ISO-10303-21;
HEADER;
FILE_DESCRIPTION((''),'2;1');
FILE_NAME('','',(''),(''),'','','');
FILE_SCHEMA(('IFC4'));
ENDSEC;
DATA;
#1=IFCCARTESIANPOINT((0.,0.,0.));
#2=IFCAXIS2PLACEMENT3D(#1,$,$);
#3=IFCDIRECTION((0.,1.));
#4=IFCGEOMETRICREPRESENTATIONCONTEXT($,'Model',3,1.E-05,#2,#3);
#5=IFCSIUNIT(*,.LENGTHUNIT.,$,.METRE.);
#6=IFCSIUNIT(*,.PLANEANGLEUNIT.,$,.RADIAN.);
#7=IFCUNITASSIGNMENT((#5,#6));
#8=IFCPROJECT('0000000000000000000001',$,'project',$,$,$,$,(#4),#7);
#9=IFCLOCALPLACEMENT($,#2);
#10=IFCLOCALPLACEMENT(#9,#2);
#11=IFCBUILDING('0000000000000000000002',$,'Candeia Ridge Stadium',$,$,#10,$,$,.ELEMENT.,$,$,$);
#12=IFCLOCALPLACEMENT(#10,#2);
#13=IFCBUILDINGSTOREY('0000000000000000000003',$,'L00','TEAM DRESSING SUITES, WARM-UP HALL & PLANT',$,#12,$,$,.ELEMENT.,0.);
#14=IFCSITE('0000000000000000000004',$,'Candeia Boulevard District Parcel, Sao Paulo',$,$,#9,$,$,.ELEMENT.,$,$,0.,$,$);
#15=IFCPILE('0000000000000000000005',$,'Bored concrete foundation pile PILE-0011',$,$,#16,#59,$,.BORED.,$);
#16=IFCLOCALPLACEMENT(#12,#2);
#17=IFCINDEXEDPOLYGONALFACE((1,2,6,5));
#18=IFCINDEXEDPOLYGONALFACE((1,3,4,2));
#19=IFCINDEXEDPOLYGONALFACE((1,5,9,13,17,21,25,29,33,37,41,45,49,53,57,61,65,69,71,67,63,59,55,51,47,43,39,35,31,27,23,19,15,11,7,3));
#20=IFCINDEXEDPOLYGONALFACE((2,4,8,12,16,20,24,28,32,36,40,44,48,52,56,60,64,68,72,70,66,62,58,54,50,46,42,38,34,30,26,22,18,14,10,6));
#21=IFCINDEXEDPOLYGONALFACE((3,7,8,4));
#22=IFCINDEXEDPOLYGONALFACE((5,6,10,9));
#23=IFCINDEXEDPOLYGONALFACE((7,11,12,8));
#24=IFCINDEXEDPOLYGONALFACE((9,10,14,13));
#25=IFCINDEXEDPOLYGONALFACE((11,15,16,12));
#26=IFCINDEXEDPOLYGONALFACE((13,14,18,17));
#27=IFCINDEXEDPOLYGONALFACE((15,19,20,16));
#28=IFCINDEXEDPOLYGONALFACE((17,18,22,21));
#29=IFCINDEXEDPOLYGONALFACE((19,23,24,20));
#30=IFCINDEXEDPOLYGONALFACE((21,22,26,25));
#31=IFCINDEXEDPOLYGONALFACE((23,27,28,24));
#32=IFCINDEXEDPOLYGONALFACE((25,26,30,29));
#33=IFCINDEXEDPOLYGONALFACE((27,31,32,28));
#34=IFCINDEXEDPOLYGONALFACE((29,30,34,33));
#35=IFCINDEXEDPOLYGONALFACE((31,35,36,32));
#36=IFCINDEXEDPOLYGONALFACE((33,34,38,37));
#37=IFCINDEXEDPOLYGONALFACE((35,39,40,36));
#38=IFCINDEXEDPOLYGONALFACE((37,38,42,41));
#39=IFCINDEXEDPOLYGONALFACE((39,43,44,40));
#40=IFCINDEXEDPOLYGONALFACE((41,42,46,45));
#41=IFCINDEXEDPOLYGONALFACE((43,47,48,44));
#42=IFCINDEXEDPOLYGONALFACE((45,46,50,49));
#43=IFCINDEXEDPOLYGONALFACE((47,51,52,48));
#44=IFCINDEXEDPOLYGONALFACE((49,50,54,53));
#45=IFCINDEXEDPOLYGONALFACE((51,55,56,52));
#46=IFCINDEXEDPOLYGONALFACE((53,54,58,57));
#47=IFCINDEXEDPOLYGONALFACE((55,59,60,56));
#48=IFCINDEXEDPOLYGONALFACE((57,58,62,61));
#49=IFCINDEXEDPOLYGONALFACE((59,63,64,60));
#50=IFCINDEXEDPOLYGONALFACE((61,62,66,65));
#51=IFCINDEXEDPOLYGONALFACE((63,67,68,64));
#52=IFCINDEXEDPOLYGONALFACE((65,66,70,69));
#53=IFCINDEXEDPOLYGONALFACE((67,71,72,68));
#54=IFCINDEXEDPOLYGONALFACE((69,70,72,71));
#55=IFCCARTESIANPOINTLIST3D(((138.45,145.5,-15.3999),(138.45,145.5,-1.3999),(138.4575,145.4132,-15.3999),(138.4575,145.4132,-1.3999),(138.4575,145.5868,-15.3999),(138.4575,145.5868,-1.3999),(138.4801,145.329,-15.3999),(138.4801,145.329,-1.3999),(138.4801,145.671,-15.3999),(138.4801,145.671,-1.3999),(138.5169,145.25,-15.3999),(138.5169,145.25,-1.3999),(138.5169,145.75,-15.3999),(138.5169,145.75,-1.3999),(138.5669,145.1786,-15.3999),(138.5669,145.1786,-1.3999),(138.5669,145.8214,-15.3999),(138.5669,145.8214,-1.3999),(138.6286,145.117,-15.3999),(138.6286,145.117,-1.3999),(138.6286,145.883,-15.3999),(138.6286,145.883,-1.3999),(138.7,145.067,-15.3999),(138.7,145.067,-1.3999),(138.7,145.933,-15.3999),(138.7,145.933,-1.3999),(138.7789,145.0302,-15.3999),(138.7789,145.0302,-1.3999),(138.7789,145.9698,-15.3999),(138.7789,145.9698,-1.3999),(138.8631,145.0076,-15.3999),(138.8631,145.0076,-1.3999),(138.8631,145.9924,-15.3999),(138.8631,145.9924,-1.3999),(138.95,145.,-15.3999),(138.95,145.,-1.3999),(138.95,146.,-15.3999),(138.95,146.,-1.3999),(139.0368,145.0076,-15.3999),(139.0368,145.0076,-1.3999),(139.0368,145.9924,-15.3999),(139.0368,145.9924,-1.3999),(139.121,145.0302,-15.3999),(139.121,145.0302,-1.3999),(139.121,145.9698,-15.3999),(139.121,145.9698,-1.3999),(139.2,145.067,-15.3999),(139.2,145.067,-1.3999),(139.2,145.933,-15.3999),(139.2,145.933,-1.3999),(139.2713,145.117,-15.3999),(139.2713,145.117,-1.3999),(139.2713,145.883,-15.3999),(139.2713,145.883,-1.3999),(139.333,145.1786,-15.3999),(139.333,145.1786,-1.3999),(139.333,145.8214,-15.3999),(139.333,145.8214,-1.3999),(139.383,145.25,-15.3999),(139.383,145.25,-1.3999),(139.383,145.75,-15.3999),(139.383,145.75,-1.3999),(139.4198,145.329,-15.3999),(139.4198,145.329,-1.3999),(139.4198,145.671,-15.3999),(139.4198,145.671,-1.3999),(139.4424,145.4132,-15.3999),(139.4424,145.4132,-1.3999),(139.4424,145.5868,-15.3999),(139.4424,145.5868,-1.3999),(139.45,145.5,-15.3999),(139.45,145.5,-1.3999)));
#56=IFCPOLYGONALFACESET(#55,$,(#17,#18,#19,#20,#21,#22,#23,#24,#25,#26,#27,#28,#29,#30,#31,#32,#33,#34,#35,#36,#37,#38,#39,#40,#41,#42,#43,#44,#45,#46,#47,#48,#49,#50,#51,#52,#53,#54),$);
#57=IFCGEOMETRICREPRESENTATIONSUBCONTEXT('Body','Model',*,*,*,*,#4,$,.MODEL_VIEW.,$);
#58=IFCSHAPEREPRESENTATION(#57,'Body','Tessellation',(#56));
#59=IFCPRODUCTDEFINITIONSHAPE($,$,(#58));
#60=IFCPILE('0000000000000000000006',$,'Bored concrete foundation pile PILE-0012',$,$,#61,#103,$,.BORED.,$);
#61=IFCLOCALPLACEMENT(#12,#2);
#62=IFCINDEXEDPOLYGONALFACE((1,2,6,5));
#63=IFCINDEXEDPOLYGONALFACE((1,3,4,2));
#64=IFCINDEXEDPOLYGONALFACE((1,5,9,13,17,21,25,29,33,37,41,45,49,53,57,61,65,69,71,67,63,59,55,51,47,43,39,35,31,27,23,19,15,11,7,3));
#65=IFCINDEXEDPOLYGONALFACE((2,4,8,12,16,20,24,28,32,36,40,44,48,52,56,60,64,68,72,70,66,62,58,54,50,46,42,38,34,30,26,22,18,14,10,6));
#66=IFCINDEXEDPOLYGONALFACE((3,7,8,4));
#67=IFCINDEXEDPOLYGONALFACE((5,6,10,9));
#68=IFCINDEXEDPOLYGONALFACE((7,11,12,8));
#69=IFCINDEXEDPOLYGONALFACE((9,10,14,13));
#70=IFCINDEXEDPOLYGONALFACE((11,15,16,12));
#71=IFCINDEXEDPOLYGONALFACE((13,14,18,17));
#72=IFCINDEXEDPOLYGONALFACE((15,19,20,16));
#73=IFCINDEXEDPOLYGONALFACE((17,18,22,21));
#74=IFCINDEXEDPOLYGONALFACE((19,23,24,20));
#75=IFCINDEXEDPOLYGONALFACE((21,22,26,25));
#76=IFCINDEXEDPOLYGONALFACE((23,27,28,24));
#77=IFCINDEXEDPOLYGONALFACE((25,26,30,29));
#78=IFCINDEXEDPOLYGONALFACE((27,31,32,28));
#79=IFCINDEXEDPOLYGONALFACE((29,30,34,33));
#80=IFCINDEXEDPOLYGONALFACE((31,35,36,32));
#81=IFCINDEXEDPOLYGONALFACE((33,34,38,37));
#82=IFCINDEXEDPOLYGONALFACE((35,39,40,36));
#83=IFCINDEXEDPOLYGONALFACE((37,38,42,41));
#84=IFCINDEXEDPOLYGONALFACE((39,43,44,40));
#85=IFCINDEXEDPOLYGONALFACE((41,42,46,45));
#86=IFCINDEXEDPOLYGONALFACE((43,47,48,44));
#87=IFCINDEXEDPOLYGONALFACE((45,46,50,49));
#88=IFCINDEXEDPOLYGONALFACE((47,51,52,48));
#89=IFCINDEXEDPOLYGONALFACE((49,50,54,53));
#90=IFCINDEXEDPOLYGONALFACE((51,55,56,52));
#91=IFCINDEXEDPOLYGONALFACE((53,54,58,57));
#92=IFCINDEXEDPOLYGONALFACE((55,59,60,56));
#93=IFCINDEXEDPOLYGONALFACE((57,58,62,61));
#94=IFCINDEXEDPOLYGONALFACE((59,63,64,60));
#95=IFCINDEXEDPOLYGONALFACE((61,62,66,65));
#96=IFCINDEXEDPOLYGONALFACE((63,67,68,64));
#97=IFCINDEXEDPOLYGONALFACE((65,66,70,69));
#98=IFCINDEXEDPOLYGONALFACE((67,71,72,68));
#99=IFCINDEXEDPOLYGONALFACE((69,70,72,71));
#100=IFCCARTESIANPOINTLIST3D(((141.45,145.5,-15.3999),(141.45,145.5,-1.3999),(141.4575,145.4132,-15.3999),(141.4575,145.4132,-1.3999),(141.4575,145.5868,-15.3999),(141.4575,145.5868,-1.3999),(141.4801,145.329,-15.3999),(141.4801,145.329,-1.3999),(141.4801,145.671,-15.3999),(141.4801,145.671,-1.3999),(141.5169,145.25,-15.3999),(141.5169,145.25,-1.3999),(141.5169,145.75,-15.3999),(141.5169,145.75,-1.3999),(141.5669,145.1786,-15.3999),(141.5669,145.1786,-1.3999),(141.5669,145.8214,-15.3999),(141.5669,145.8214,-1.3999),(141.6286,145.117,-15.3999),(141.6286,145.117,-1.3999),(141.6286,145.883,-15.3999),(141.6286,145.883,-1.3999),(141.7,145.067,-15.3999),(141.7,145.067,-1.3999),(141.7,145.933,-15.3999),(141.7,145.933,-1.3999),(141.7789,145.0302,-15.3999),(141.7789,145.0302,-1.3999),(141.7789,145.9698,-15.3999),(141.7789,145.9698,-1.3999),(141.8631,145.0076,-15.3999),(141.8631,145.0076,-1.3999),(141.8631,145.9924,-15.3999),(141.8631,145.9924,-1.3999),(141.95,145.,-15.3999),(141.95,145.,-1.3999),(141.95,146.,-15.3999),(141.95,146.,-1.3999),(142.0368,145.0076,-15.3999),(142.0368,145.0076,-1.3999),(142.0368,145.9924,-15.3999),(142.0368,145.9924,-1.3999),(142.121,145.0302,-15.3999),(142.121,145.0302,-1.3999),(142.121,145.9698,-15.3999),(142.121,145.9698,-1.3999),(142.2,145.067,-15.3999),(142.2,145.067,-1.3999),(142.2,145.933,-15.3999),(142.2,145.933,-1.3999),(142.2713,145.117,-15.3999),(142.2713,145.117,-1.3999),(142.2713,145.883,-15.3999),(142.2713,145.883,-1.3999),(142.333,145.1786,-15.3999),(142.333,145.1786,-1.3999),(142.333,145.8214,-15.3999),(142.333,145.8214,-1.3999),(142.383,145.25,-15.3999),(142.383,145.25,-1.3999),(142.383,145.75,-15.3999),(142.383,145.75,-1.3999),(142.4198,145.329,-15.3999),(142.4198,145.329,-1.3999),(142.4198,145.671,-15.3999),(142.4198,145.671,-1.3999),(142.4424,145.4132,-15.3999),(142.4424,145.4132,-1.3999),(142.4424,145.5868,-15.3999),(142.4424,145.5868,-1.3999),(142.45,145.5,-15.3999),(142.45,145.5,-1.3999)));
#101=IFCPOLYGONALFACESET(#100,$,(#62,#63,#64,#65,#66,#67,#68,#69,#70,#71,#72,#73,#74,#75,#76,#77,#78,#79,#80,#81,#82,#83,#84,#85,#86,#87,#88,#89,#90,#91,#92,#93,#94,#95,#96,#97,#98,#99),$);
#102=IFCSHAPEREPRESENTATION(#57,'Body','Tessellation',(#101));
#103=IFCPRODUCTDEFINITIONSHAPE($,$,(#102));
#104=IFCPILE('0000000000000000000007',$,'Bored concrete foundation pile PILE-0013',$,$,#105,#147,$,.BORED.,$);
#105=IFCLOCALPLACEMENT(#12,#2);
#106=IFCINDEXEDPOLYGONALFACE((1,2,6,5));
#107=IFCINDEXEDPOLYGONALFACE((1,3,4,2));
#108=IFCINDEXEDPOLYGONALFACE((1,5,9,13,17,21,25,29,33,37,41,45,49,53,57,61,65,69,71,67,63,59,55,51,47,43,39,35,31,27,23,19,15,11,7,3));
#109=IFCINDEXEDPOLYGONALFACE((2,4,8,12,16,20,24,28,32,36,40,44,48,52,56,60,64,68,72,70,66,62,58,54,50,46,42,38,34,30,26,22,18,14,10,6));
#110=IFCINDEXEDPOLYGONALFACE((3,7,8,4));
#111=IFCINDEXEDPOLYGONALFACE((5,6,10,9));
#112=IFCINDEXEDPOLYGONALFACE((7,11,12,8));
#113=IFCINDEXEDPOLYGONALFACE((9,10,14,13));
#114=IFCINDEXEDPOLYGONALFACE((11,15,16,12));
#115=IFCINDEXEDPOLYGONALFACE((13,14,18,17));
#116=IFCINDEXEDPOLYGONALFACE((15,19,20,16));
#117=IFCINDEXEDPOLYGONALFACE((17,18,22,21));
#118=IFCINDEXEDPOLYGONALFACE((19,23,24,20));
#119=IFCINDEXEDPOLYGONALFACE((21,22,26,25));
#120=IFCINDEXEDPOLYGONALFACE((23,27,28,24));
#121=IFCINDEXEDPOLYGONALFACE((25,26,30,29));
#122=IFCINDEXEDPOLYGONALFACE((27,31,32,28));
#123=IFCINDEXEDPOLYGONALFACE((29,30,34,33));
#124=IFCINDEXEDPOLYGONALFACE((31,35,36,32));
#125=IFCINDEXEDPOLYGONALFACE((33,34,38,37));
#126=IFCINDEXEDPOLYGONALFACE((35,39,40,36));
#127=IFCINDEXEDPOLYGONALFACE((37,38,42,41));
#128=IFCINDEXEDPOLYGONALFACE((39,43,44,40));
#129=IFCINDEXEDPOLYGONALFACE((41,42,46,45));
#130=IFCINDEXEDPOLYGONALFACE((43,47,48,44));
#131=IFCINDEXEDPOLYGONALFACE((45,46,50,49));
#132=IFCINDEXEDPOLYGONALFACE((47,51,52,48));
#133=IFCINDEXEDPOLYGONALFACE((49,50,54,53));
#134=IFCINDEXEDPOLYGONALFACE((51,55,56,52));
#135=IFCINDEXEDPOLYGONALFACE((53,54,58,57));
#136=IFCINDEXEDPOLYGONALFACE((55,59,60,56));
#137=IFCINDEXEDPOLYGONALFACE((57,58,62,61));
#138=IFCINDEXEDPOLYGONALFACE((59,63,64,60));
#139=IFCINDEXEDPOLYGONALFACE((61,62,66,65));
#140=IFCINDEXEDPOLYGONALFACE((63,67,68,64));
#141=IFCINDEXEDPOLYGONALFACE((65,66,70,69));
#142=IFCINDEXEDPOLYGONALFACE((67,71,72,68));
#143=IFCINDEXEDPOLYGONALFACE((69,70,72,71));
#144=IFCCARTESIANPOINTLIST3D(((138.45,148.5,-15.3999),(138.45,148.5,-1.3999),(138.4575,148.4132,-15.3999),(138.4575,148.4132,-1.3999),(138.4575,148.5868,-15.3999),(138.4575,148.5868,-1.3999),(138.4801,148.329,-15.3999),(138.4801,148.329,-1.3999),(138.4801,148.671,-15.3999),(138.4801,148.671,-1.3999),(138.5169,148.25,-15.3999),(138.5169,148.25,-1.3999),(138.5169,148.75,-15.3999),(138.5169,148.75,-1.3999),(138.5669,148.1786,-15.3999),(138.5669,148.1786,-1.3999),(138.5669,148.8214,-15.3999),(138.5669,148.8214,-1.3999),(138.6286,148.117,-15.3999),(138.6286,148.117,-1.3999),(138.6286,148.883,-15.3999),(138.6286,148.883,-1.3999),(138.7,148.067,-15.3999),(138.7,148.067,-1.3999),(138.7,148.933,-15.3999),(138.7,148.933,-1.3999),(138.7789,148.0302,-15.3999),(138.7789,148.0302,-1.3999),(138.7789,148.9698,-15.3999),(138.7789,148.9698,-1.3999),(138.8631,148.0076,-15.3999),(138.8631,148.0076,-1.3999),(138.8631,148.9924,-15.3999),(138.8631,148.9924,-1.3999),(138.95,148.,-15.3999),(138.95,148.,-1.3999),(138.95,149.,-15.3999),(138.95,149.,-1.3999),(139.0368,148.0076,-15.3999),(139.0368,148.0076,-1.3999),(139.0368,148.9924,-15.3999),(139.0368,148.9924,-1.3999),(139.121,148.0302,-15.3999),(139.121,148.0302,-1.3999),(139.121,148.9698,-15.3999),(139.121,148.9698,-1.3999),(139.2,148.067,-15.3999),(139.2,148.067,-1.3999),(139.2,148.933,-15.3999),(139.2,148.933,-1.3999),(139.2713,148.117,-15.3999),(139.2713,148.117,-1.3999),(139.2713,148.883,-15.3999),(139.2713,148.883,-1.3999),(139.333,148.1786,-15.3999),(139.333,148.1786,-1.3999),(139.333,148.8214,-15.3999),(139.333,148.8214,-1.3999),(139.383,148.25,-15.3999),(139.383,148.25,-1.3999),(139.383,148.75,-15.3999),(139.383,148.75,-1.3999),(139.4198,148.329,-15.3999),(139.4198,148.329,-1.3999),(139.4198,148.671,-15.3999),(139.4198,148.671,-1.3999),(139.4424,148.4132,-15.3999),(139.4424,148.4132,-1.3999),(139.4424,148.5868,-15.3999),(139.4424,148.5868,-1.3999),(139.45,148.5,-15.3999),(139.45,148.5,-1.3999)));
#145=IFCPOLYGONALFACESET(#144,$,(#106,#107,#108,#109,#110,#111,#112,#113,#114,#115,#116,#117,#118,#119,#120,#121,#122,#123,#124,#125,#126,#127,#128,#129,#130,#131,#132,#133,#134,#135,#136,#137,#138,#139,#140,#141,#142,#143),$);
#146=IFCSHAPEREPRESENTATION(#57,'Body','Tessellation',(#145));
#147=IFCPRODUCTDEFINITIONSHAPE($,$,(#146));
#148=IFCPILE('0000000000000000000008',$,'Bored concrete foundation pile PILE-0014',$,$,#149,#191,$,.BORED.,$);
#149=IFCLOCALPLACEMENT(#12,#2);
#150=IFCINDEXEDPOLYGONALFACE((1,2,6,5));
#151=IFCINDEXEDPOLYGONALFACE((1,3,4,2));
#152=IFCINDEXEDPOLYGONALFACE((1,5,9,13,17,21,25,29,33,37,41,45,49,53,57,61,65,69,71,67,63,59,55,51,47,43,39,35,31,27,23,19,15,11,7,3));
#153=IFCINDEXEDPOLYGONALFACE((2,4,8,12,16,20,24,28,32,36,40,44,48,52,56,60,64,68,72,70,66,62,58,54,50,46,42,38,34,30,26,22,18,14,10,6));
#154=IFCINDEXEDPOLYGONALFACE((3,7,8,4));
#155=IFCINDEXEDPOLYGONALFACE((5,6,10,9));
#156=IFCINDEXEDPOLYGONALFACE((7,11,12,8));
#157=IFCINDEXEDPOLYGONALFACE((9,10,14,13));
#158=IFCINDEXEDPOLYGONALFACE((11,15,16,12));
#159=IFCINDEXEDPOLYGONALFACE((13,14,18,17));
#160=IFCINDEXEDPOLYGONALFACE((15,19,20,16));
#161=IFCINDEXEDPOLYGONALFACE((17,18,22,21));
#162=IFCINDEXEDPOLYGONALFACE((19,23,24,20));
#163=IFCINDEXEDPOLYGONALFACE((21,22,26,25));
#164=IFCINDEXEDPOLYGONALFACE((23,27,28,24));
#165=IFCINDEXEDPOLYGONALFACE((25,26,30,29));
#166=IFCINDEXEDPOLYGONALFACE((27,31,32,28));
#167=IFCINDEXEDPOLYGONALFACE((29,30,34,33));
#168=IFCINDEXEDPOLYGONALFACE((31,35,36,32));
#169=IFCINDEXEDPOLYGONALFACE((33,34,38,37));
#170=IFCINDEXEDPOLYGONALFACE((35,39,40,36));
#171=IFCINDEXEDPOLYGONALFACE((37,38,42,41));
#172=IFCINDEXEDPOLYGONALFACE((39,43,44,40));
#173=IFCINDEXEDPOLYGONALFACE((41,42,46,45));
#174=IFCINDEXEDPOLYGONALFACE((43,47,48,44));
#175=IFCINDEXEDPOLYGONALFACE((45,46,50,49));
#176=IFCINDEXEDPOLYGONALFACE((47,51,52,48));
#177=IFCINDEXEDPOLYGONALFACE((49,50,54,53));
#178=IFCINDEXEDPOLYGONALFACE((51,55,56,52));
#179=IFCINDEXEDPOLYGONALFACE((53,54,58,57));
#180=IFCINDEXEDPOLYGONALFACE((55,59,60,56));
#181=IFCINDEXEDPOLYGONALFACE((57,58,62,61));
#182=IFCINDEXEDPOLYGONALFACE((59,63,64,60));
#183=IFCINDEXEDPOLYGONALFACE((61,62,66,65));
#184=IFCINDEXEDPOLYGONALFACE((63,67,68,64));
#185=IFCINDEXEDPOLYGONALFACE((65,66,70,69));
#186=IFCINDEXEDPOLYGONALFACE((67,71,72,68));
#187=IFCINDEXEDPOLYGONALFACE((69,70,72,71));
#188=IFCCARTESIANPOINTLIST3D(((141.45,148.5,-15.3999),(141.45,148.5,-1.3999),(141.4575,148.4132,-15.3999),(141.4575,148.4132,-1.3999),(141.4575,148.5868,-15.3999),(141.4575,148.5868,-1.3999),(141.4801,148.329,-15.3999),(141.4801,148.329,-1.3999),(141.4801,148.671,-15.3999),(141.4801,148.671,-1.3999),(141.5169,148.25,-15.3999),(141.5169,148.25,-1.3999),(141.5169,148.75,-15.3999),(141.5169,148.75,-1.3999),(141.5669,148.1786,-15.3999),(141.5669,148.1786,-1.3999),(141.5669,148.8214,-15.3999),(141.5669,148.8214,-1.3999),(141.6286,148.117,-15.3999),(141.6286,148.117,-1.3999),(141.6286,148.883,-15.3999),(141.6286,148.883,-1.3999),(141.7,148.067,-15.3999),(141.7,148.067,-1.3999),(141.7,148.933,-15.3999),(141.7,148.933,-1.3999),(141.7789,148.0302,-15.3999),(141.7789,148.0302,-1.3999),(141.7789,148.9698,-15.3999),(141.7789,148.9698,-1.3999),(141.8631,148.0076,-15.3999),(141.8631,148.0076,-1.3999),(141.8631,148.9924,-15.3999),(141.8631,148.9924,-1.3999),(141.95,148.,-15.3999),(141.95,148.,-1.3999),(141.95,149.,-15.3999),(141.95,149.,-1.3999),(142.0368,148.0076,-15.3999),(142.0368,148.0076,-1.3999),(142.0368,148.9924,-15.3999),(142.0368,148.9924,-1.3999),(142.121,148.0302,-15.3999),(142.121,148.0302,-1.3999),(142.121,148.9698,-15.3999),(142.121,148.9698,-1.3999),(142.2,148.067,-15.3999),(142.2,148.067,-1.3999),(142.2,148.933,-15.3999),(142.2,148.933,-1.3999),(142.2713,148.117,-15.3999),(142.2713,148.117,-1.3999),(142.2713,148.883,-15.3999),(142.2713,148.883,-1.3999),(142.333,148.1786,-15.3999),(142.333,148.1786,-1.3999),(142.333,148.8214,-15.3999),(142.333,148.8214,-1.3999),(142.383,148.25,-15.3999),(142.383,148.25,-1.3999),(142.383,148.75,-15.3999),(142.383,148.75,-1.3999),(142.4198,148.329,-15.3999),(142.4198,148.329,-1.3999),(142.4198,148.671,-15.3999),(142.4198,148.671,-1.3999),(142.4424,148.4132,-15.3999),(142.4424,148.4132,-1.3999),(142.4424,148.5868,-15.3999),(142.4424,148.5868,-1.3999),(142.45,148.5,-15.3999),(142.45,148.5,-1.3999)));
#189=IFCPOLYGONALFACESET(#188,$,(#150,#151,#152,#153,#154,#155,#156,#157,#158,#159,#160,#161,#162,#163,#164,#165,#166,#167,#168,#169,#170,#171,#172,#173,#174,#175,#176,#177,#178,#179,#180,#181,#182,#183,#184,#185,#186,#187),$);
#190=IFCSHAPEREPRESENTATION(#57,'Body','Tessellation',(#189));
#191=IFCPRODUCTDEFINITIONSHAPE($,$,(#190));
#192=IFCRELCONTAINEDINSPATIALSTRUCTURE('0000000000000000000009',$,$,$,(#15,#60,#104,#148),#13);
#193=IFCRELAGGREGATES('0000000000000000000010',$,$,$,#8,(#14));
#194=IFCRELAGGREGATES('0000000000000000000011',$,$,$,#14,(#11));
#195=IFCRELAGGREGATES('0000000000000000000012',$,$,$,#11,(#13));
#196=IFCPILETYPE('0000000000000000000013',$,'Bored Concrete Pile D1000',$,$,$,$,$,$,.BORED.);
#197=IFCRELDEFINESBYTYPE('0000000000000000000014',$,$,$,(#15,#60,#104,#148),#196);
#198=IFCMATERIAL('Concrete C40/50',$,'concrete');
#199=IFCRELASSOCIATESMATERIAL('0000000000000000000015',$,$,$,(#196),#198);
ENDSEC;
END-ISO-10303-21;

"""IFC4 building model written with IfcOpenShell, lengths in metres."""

from ifc_helpers import new_model, si_unit, direction, frame, origin, origin_2d, place, context, subcontext, project, spatial, circle, extrude, material, material_profile, profile_set, type_object, element, save


model = new_model("IFC4")

# Units and contexts
model_context = context("Model", 3, precision=1e-05, world=origin(), true_north=direction((0.0, 1.0)))
body_context = subcontext(model_context, "Body", "Model", "MODEL_VIEW")
ifc_project = project(units=[si_unit("LENGTHUNIT", "METRE"), si_unit("PLANEANGLEUNIT", "RADIAN")], contexts=[model_context])

# Site, building, storey
site_placement = place(None, origin())
site = spatial("IfcSite", under=ifc_project, at=site_placement, Name="Candeia Boulevard District Parcel, Sao Paulo", CompositionType="ELEMENT", RefElevation=0.0)
building_placement = place(site_placement, origin())
building = spatial("IfcBuilding", under=site, at=building_placement, Name="Candeia Ridge Stadium", CompositionType="ELEMENT")
storey_placement = place(building_placement, origin())
storey = spatial("IfcBuildingStorey", under=building, at=storey_placement, Name="L00", Description="TEAM DRESSING SUITES, WARM-UP HALL & PLANT", CompositionType="ELEMENT", Elevation=0.0)

# Piles
ifc_material_1 = material(Name="Concrete C40/50", Category="concrete")
ifc_material_profile_1 = material_profile(ifc_material_1, circle(Radius=0.5, at=origin_2d()), Name="PILE-D1000", Category="concrete")
ifc_profile_set_1 = profile_set([ifc_material_profile_1], Name="Concrete C40/50")
pile_type_1 = type_object("IfcPileType", Name="Bored Concrete Pile D1000", PredefinedType="BORED", material=ifc_profile_set_1)
for number, where, z_axis, x_axis, name in (
    (1, (138.95, 145.5, -1.3999), (0.0, 0.0, -1.0), (1.0, 0.0, 0.0), "Bored concrete foundation pile PILE-0011"),
    (2, (141.95, 145.5, -1.3999), (0.0, 0.0, -1.0), (1.0, 0.0, 0.0), "Bored concrete foundation pile PILE-0012"),
    (3, (138.95, 148.5, -1.3999), (0.0, 0.0, -1.0), (1.0, 0.0, 0.0), "Bored concrete foundation pile PILE-0013"),
    (4, (141.95, 148.5, -1.3999), (0.0, 0.0, -1.0), (1.0, 0.0, 0.0), "Bored concrete foundation pile PILE-0014"),
):
    element("IfcPile", number, at=place(storey_placement, frame(where, z_axis=z_axis, x_axis=x_axis)), inside=storey, type_object=pile_type_1, Name=name, PredefinedType="BORED", context=body_context, shape_type="SweptSolid", body=[
        extrude(circle(Radius=0.5, at=origin_2d()), origin(), (0.0, 0.0, 1.0), 14.0),
    ])

save(model, "model.ifc")
